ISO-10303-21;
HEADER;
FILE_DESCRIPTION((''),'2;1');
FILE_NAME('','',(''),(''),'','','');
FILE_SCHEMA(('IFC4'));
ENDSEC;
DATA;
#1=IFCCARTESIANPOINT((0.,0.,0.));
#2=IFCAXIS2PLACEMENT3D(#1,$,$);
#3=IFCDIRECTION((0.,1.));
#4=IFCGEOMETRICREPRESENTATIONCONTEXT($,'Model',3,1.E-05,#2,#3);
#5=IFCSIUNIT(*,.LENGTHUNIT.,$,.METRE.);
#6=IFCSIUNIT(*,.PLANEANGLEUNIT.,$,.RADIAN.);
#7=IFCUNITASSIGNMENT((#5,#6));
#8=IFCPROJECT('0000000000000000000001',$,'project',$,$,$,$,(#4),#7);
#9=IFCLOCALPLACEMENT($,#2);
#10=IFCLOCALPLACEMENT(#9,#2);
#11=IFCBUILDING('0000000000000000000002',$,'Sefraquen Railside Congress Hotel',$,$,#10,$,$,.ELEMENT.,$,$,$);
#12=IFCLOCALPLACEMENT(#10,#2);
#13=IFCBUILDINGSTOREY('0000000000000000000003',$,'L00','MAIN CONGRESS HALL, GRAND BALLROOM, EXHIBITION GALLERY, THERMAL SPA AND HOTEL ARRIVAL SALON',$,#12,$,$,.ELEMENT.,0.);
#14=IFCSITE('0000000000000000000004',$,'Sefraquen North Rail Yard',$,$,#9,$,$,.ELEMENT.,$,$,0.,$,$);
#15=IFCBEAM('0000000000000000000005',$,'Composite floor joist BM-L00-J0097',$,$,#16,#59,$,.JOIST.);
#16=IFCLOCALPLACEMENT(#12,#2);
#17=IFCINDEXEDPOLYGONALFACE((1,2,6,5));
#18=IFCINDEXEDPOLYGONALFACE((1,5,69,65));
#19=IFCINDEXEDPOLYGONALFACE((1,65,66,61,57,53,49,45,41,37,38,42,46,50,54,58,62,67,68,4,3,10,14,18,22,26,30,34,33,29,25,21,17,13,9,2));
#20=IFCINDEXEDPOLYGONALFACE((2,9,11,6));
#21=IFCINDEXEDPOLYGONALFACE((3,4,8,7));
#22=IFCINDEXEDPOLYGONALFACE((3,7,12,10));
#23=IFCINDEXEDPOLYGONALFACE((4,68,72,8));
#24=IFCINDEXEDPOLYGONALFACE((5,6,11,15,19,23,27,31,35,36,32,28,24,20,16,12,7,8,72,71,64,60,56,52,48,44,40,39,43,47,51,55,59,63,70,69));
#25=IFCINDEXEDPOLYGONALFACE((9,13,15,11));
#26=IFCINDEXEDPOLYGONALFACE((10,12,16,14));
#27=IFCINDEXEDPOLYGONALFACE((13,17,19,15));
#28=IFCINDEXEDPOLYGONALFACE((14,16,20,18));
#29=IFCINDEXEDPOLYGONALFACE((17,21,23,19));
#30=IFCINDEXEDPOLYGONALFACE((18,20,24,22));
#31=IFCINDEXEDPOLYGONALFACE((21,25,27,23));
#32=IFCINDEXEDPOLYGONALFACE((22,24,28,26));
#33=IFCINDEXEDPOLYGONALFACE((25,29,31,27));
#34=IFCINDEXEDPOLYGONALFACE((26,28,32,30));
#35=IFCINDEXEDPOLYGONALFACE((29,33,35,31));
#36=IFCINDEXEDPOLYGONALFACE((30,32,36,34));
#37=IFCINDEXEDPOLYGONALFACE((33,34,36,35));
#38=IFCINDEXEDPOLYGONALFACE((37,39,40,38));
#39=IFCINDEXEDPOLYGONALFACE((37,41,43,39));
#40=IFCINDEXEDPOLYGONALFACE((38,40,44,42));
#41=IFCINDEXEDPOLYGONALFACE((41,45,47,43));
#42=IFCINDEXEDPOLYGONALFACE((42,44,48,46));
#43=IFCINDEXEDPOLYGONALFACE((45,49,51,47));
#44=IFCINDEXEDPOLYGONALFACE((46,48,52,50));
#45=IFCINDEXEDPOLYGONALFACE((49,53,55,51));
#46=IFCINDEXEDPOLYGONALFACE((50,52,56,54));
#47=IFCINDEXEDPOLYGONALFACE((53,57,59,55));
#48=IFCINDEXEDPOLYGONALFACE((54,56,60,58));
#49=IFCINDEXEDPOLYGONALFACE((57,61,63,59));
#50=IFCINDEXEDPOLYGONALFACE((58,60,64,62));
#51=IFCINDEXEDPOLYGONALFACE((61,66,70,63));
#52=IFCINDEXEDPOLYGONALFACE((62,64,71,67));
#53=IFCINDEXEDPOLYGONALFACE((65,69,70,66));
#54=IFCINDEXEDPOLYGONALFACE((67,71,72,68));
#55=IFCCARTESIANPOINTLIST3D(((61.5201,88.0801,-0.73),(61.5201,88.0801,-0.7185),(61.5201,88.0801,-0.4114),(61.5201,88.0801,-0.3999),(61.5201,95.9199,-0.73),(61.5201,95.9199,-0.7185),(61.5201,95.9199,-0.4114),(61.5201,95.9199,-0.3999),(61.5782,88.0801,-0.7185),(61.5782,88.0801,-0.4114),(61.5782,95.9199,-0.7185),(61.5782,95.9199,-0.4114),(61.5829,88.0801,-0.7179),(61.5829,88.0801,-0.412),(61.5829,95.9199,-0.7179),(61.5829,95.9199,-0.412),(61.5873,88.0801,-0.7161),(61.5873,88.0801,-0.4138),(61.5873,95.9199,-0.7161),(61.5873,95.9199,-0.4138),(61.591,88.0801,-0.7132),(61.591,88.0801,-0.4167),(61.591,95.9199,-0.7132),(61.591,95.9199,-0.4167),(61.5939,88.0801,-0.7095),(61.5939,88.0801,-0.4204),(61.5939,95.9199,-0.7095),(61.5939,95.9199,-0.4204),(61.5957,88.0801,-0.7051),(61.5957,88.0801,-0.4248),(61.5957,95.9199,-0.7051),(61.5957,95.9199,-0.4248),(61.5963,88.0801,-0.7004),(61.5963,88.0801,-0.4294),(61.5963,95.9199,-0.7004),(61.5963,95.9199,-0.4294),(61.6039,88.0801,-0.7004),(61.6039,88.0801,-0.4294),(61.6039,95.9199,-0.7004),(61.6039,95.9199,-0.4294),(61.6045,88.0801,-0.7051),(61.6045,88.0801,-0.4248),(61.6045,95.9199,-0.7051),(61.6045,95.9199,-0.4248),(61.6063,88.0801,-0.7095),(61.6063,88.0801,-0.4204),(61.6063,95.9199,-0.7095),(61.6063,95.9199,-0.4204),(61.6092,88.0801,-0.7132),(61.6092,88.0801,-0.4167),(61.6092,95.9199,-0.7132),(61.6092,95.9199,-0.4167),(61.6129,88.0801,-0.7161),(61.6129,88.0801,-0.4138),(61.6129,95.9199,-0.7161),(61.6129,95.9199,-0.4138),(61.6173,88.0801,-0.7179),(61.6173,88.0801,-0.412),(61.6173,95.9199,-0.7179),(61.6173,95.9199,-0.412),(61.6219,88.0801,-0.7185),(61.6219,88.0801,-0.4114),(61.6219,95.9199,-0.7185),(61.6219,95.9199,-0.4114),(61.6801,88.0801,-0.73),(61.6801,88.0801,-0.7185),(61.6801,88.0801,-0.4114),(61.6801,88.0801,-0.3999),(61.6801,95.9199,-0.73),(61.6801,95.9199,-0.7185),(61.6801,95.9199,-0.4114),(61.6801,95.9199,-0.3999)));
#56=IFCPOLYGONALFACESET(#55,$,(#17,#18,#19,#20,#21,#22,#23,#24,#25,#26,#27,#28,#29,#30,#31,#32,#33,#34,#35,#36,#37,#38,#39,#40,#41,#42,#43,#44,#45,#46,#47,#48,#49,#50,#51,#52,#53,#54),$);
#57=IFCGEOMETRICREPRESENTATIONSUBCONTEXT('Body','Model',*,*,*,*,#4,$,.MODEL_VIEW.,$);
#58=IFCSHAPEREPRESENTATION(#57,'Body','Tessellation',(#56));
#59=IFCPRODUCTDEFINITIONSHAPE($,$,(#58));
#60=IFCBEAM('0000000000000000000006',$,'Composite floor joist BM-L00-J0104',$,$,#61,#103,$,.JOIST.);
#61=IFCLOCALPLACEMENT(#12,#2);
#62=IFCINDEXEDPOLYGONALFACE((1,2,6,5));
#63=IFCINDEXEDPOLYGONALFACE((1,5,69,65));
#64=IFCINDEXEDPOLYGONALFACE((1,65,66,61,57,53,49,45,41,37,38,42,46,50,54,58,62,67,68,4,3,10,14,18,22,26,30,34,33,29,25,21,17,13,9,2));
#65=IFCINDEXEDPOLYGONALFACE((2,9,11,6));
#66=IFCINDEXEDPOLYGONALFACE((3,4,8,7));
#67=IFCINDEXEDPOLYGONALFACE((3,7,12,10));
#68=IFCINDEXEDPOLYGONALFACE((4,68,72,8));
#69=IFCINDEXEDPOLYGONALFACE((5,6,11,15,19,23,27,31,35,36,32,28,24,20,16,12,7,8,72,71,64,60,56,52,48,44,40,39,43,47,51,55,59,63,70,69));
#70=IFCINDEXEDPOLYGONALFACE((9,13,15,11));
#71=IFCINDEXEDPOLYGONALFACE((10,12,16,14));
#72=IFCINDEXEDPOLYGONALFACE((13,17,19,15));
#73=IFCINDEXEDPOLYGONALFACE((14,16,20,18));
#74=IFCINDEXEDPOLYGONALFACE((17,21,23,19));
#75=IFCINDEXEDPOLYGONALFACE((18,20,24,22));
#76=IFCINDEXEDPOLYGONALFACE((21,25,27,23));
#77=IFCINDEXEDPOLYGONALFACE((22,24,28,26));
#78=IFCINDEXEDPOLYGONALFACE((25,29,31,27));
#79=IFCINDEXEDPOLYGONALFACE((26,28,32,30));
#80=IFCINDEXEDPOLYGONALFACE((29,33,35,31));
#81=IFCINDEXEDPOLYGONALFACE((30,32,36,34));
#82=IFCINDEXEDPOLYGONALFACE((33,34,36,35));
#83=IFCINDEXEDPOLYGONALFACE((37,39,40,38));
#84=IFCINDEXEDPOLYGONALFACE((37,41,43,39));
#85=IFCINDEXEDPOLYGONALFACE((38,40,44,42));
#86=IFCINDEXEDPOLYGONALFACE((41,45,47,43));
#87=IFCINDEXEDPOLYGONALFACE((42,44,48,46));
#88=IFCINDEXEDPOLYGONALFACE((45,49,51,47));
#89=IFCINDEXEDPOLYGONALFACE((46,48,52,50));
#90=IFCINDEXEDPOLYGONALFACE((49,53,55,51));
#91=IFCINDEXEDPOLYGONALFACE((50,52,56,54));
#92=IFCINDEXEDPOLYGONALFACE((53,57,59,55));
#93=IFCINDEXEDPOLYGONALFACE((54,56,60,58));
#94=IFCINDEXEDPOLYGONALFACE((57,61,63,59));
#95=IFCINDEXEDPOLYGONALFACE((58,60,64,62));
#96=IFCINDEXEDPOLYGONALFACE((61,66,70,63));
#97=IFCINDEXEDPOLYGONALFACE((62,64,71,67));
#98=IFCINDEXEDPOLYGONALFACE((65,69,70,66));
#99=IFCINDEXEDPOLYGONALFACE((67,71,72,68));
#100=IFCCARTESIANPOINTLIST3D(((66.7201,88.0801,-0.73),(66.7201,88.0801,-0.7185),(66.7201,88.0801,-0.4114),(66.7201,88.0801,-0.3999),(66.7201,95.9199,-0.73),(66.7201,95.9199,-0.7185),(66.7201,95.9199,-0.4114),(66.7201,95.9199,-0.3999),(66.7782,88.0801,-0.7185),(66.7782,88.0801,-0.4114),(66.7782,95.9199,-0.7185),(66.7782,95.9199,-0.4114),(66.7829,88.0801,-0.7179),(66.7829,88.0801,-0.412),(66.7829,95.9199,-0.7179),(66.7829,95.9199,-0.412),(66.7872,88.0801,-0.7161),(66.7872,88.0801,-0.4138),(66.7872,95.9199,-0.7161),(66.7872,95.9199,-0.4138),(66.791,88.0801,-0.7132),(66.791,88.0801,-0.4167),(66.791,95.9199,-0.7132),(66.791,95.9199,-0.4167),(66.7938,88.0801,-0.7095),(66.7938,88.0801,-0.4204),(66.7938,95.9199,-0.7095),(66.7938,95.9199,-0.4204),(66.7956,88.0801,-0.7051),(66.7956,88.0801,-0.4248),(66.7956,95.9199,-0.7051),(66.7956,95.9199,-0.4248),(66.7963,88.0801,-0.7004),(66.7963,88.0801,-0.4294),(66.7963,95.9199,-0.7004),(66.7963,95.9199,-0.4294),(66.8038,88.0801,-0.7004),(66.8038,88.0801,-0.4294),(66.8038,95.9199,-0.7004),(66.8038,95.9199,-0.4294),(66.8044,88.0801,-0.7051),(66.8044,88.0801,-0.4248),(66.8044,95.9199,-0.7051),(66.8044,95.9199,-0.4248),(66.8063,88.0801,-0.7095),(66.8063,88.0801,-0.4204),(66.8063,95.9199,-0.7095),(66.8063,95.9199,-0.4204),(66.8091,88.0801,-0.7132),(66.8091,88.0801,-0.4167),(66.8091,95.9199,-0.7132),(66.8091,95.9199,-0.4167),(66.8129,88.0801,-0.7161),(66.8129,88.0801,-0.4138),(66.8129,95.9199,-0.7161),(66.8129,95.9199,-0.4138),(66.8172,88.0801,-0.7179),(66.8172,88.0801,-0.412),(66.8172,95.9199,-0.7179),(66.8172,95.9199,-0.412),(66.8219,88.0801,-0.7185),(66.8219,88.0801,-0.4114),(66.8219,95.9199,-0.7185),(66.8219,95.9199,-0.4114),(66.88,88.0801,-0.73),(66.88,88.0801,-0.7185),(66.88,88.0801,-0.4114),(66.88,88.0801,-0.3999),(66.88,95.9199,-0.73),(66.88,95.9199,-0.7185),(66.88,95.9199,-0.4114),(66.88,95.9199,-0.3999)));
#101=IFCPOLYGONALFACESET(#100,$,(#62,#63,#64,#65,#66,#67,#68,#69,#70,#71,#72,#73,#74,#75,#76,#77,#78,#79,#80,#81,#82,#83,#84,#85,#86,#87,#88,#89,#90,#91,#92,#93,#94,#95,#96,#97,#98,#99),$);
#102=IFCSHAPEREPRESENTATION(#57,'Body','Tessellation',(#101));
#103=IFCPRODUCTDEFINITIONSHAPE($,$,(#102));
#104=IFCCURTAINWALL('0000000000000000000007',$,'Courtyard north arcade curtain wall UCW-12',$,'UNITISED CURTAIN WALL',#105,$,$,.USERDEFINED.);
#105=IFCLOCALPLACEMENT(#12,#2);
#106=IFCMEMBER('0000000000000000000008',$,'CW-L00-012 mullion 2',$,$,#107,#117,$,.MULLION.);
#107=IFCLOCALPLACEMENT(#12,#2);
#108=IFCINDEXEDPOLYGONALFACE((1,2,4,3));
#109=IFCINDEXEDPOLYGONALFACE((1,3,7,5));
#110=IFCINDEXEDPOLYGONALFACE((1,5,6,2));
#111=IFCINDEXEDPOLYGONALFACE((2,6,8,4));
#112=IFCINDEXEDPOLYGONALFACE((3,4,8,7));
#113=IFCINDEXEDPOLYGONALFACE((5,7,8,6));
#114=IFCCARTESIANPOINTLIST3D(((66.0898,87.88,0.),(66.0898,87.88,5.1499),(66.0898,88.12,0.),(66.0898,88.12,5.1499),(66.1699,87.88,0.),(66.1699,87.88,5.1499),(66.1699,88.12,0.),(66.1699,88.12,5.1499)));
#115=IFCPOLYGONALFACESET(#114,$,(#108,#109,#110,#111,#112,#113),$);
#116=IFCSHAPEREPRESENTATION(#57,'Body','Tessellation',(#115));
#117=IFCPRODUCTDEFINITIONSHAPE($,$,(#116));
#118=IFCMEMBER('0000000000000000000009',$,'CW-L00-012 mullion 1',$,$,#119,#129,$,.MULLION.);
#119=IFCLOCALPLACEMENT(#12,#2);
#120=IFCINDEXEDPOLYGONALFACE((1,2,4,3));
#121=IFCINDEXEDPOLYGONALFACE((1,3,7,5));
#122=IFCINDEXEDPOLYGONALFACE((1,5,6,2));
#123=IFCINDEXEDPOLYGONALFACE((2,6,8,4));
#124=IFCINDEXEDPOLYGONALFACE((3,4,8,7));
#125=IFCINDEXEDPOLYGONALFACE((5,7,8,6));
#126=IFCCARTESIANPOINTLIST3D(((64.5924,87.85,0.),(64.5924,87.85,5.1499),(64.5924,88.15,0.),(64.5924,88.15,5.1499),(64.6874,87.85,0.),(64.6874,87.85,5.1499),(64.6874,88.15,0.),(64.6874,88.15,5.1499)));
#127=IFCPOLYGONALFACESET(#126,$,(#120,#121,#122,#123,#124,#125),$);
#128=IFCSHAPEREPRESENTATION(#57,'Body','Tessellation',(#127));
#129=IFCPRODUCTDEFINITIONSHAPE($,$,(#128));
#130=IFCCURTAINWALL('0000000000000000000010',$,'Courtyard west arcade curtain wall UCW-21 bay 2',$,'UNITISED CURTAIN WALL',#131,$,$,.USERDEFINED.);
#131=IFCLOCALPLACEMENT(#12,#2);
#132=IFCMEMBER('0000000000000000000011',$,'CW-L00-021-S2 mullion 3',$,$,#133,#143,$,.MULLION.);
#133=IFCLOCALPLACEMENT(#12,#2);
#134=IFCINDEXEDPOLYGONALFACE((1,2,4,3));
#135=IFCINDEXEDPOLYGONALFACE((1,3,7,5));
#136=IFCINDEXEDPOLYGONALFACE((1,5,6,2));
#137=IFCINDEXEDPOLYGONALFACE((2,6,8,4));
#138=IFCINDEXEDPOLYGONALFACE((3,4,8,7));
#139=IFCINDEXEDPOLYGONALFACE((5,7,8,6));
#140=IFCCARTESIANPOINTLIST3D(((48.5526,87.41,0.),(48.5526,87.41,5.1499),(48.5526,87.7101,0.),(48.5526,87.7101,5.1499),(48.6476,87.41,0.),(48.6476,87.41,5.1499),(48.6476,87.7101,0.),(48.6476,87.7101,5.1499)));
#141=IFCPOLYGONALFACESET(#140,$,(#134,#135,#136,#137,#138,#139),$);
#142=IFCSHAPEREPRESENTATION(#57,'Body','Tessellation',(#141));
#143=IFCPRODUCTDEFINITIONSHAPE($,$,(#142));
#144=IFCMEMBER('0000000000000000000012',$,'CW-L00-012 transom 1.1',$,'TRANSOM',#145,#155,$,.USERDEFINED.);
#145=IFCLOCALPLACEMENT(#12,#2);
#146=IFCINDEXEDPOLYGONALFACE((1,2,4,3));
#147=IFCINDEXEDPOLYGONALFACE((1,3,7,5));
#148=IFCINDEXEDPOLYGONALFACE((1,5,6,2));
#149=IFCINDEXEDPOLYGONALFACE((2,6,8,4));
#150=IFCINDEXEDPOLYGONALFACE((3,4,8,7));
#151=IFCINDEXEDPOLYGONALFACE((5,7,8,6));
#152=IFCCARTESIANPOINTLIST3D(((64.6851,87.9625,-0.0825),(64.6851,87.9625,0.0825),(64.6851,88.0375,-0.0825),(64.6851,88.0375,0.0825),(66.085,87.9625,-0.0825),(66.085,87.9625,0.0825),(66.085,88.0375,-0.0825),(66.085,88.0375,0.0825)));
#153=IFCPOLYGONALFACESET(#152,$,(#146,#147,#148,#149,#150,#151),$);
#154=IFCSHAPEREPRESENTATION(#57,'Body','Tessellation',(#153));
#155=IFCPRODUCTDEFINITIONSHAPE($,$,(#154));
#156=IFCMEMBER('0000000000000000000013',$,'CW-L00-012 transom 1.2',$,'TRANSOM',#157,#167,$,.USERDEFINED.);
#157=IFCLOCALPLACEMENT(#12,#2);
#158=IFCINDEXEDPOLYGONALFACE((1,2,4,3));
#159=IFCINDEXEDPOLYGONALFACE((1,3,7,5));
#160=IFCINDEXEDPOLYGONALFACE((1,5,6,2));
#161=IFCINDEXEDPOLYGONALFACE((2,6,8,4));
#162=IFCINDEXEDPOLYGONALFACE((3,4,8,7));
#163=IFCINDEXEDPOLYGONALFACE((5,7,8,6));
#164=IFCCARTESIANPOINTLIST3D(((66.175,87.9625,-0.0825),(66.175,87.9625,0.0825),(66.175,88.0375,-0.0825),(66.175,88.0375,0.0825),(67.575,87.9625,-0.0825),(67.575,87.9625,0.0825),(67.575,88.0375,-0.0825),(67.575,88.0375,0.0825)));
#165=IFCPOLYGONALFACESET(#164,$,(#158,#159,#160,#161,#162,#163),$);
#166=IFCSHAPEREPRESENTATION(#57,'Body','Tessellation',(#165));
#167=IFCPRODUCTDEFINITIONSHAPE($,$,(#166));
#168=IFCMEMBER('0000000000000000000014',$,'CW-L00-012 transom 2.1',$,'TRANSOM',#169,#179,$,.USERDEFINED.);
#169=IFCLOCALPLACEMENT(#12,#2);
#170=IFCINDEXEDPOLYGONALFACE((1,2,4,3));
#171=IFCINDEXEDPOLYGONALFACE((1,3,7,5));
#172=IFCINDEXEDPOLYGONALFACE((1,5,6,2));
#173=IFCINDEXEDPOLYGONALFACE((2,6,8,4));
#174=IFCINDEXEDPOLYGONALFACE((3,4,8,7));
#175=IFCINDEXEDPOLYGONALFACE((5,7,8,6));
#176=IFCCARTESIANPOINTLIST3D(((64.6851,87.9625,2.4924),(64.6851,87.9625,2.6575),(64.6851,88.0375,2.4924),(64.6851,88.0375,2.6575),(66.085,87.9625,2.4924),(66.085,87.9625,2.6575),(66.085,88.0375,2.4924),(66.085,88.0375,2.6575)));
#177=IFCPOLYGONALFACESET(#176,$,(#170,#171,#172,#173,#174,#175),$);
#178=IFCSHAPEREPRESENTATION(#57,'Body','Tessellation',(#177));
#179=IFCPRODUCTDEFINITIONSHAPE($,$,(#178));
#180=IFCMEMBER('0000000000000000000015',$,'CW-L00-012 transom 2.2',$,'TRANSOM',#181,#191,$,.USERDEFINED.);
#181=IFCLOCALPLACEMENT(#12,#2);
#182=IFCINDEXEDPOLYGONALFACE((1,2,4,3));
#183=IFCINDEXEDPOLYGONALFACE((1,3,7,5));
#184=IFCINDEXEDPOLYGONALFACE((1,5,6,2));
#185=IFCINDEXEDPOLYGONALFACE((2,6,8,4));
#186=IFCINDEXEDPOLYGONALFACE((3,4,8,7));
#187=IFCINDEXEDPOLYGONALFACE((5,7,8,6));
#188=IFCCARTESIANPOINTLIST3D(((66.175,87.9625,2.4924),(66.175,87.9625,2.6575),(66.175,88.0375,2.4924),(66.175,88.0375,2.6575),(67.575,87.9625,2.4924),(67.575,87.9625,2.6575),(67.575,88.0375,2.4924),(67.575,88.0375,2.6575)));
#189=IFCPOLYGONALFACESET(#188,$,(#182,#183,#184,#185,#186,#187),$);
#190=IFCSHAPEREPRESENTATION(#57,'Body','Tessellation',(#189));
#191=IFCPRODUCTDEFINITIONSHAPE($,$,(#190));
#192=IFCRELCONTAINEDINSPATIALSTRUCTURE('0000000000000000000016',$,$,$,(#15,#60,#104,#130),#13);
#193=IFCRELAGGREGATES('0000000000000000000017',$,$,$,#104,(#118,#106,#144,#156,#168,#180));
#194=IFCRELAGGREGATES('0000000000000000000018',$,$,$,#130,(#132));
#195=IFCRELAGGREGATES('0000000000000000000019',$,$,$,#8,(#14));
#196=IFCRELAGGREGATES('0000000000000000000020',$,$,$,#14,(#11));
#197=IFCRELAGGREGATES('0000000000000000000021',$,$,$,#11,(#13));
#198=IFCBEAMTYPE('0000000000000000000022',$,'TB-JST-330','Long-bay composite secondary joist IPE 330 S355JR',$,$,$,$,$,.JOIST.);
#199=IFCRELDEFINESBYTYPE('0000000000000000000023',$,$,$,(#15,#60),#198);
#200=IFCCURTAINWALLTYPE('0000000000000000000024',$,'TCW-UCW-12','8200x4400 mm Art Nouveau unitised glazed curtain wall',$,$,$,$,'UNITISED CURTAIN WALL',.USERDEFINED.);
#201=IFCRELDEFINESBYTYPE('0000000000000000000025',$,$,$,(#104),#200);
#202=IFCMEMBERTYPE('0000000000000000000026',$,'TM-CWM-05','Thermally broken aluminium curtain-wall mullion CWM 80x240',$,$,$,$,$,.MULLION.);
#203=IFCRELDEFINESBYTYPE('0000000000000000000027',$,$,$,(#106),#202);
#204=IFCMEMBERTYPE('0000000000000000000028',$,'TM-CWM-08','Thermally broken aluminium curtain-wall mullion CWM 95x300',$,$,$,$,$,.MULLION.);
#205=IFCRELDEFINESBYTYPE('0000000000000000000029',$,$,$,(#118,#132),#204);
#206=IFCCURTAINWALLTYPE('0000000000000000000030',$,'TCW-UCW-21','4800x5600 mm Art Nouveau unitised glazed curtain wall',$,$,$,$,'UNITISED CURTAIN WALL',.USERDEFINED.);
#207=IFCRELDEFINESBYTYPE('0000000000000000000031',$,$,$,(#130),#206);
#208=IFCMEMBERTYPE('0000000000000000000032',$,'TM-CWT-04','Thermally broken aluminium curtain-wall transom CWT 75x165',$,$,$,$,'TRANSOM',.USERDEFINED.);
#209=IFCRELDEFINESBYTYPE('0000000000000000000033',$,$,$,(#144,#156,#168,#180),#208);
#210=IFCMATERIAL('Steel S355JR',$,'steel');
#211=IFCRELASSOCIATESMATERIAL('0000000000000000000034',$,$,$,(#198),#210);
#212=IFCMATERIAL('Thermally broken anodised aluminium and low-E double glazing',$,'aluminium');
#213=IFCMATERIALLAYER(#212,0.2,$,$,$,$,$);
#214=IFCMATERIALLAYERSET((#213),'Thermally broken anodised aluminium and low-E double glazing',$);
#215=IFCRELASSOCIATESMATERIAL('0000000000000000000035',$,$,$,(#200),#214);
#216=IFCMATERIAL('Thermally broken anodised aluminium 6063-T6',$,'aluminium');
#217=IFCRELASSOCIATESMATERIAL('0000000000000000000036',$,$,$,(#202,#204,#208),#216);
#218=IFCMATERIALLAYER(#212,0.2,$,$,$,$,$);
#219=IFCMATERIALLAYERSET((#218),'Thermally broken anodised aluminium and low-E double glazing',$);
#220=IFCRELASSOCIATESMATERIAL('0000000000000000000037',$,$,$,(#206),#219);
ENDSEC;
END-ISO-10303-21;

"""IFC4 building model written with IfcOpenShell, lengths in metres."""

from ifc_helpers import new_model, si_unit, direction, frame, origin, origin_2d, place, context, subcontext, project, spatial, rectangle, i_section, extrude, material, layer, layer_set, material_profile, profile_set, type_object, element, aggregate, save


model = new_model("IFC4")

# Units and contexts
model_context = context("Model", 3, precision=1e-05, world=origin(), true_north=direction((0.0, 1.0)))
body_context = subcontext(model_context, "Body", "Model", "MODEL_VIEW")
ifc_project = project(units=[si_unit("LENGTHUNIT", "METRE"), si_unit("PLANEANGLEUNIT", "RADIAN")], contexts=[model_context])

# Site, building, storey
site_placement = place(None, origin())
site = spatial("IfcSite", under=ifc_project, at=site_placement, Name="Sefraquen North Rail Yard", CompositionType="ELEMENT", RefElevation=0.0)
building_placement = place(site_placement, origin())
building = spatial("IfcBuilding", under=site, at=building_placement, Name="Sefraquen Railside Congress Hotel", CompositionType="ELEMENT")
storey_placement = place(building_placement, origin())
storey = spatial("IfcBuildingStorey", under=building, at=storey_placement, Name="L00", Description="MAIN CONGRESS HALL, GRAND BALLROOM, EXHIBITION GALLERY, THERMAL SPA AND HOTEL ARRIVAL SALON", CompositionType="ELEMENT", Elevation=0.0)

# Shared definitions
ifc_material_1 = material(Name="Steel S355JR", Category="steel")

# Beams
ifc_material_profile_1 = material_profile(ifc_material_1, i_section(OverallWidth=0.1599, OverallDepth=0.3301, WebThickness=0.0076, FlangeThickness=0.0115, FilletRadius=0.0181, at=origin_2d()), Name="IPE 330")
ifc_profile_set_1 = profile_set([ifc_material_profile_1], Name="Steel S355JR")
beam_type_1 = type_object("IfcBeamType", Name="TB-JST-330", Description="Long-bay composite secondary joist IPE 330 S355JR", PredefinedType="JOIST", material=ifc_profile_set_1)
for number, where, z_axis, x_axis, name in (
    (1, (61.6001, 88.0801, -0.5649), (0.0, 1.0, 0.0), (-1.0, 0.0, 0.0), "Composite floor joist BM-L00-J0097"),
    (2, (66.8, 88.0801, -0.5649), (0.0, 1.0, 0.0), (-1.0, 0.0, 0.0), "Composite floor joist BM-L00-J0104"),
):
    element("IfcBeam", number, at=place(storey_placement, frame(where, z_axis=z_axis, x_axis=x_axis)), inside=storey, type_object=beam_type_1, Name=name, PredefinedType="JOIST", context=body_context, shape_type="SweptSolid", body=[
        extrude(i_section(OverallWidth=0.1599, OverallDepth=0.3301, WebThickness=0.0076, FlangeThickness=0.0115, FilletRadius=0.0181, at=origin_2d()), origin(), (0.0, 0.0, 1.0), 7.8398),
    ])

# Curtain wall, members
ifc_material_2 = material(Name="Thermally broken anodised aluminium and low-E double glazing", Category="aluminium")
ifc_layer_1 = layer(ifc_material_2, 0.2)
ifc_layer_set_1 = layer_set([ifc_layer_1], Name="Thermally broken anodised aluminium and low-E double glazing")
curtain_wall_type_1 = type_object("IfcCurtainWallType", Name="TCW-UCW-12", Description="8200x4400 mm Art Nouveau unitised glazed curtain wall", ElementType="UNITISED CURTAIN WALL", PredefinedType="USERDEFINED", material=ifc_layer_set_1)
curtain_wall_1_placement = place(storey_placement, origin())
curtain_wall_1 = element("IfcCurtainWall", 3, at=curtain_wall_1_placement, inside=storey, type_object=curtain_wall_type_1, Name="Courtyard north arcade curtain wall UCW-12", ObjectType="UNITISED CURTAIN WALL", PredefinedType="USERDEFINED")
ifc_material_3 = material(Name="Thermally broken anodised aluminium 6063-T6", Category="aluminium")
ifc_material_profile_2 = material_profile(ifc_material_3, rectangle(XDim=0.0801, YDim=0.24, at=origin_2d()), Name="CWM 80x240")
ifc_profile_set_2 = profile_set([ifc_material_profile_2], Name="Thermally broken anodised aluminium 6063-T6")
member_type_1 = type_object("IfcMemberType", Name="TM-CWM-05", Description="Thermally broken aluminium curtain-wall mullion CWM 80x240", PredefinedType="MULLION", material=ifc_profile_set_2)
member_1_placement = place(storey_placement, frame((66.1299, 88.0, 0.0), z_axis=(0.0, 0.0, 1.0), x_axis=(1.0, 0.0, 0.0)))
member_1 = element("IfcMember", 4, at=member_1_placement, type_object=member_type_1, Name="CW-L00-012 mullion 2", PredefinedType="MULLION", context=body_context, shape_type="SweptSolid", body=[
    extrude(rectangle(XDim=0.0801, YDim=0.24, at=origin_2d()), origin(), (0.0, 0.0, 1.0), 5.1499),
])
ifc_material_profile_3 = material_profile(ifc_material_3, rectangle(XDim=0.095, YDim=0.3, at=origin_2d()), Name="CWM 95x300")
ifc_profile_set_3 = profile_set([ifc_material_profile_3], Name="Thermally broken anodised aluminium 6063-T6")
member_type_2 = type_object("IfcMemberType", Name="TM-CWM-08", Description="Thermally broken aluminium curtain-wall mullion CWM 95x300", PredefinedType="MULLION", material=ifc_profile_set_3)
member_2_placement = place(storey_placement, frame((64.6399, 88.0, 0.0), z_axis=(0.0, 0.0, 1.0), x_axis=(1.0, 0.0, 0.0)))
member_2 = element("IfcMember", 5, at=member_2_placement, type_object=member_type_2, Name="CW-L00-012 mullion 1", PredefinedType="MULLION", context=body_context, shape_type="SweptSolid", body=[
    extrude(rectangle(XDim=0.095, YDim=0.3, at=origin_2d()), origin(), (0.0, 0.0, 1.0), 5.1499),
])

# Curtain wall, member
ifc_layer_2 = layer(ifc_material_2, 0.2)
ifc_layer_set_2 = layer_set([ifc_layer_2], Name="Thermally broken anodised aluminium and low-E double glazing")
curtain_wall_type_2 = type_object("IfcCurtainWallType", Name="TCW-UCW-21", Description="4800x5600 mm Art Nouveau unitised glazed curtain wall", ElementType="UNITISED CURTAIN WALL", PredefinedType="USERDEFINED", material=ifc_layer_set_2)
curtain_wall_2_placement = place(storey_placement, origin())
curtain_wall_2 = element("IfcCurtainWall", 6, at=curtain_wall_2_placement, inside=storey, type_object=curtain_wall_type_2, Name="Courtyard west arcade curtain wall UCW-21 bay 2", ObjectType="UNITISED CURTAIN WALL", PredefinedType="USERDEFINED")
member_3_placement = place(storey_placement, frame((48.6001, 87.5601, 0.0), z_axis=(0.0, 0.0, 1.0), x_axis=(1.0, 0.0, 0.0)))
member_3 = element("IfcMember", 7, at=member_3_placement, type_object=member_type_2, Name="CW-L00-021-S2 mullion 3", PredefinedType="MULLION", context=body_context, shape_type="SweptSolid", body=[
    extrude(rectangle(XDim=0.095, YDim=0.3, at=origin_2d()), origin(), (0.0, 0.0, 1.0), 5.1499),
])

# Members
ifc_material_profile_4 = material_profile(ifc_material_3, rectangle(XDim=0.075, YDim=0.165, at=origin_2d()), Name="CWT 75x165")
ifc_profile_set_4 = profile_set([ifc_material_profile_4], Name="Thermally broken anodised aluminium 6063-T6")
member_type_3 = type_object("IfcMemberType", Name="TM-CWT-04", Description="Thermally broken aluminium curtain-wall transom CWT 75x165", ElementType="TRANSOM", PredefinedType="USERDEFINED", material=ifc_profile_set_4)
member_4_placement = place(storey_placement, frame((64.6851, 88.0, 0.0), z_axis=(1.0, 0.0, 0.0), x_axis=(0.0, 1.0, 0.0)))
member_4 = element("IfcMember", 8, at=member_4_placement, type_object=member_type_3, Name="CW-L00-012 transom 1.1", ObjectType="TRANSOM", PredefinedType="USERDEFINED", context=body_context, shape_type="SweptSolid", body=[
    extrude(rectangle(XDim=0.075, YDim=0.165, at=origin_2d()), origin(), (0.0, 0.0, 1.0), 1.3999),
])
member_5_placement = place(storey_placement, frame((66.175, 88.0, 0.0), z_axis=(1.0, 0.0, 0.0), x_axis=(0.0, 1.0, 0.0)))
member_5 = element("IfcMember", 9, at=member_5_placement, type_object=member_type_3, Name="CW-L00-012 transom 1.2", ObjectType="TRANSOM", PredefinedType="USERDEFINED", context=body_context, shape_type="SweptSolid", body=[
    extrude(rectangle(XDim=0.075, YDim=0.165, at=origin_2d()), origin(), (0.0, 0.0, 1.0), 1.3999),
])
member_6_placement = place(storey_placement, frame((64.6851, 88.0, 2.575), z_axis=(1.0, 0.0, 0.0), x_axis=(0.0, 1.0, 0.0)))
member_6 = element("IfcMember", 10, at=member_6_placement, type_object=member_type_3, Name="CW-L00-012 transom 2.1", ObjectType="TRANSOM", PredefinedType="USERDEFINED", context=body_context, shape_type="SweptSolid", body=[
    extrude(rectangle(XDim=0.075, YDim=0.165, at=origin_2d()), origin(), (0.0, 0.0, 1.0), 1.3999),
])
member_7_placement = place(storey_placement, frame((66.175, 88.0, 2.575), z_axis=(1.0, 0.0, 0.0), x_axis=(0.0, 1.0, 0.0)))
member_7 = element("IfcMember", 11, at=member_7_placement, type_object=member_type_3, Name="CW-L00-012 transom 2.2", ObjectType="TRANSOM", PredefinedType="USERDEFINED", context=body_context, shape_type="SweptSolid", body=[
    extrude(rectangle(XDim=0.075, YDim=0.165, at=origin_2d()), origin(), (0.0, 0.0, 1.0), 1.3999),
])

aggregate(curtain_wall_1, [member_2, member_1, member_4, member_5, member_6, member_7])
aggregate(curtain_wall_2, [member_3])

save(model, "model.ifc")
